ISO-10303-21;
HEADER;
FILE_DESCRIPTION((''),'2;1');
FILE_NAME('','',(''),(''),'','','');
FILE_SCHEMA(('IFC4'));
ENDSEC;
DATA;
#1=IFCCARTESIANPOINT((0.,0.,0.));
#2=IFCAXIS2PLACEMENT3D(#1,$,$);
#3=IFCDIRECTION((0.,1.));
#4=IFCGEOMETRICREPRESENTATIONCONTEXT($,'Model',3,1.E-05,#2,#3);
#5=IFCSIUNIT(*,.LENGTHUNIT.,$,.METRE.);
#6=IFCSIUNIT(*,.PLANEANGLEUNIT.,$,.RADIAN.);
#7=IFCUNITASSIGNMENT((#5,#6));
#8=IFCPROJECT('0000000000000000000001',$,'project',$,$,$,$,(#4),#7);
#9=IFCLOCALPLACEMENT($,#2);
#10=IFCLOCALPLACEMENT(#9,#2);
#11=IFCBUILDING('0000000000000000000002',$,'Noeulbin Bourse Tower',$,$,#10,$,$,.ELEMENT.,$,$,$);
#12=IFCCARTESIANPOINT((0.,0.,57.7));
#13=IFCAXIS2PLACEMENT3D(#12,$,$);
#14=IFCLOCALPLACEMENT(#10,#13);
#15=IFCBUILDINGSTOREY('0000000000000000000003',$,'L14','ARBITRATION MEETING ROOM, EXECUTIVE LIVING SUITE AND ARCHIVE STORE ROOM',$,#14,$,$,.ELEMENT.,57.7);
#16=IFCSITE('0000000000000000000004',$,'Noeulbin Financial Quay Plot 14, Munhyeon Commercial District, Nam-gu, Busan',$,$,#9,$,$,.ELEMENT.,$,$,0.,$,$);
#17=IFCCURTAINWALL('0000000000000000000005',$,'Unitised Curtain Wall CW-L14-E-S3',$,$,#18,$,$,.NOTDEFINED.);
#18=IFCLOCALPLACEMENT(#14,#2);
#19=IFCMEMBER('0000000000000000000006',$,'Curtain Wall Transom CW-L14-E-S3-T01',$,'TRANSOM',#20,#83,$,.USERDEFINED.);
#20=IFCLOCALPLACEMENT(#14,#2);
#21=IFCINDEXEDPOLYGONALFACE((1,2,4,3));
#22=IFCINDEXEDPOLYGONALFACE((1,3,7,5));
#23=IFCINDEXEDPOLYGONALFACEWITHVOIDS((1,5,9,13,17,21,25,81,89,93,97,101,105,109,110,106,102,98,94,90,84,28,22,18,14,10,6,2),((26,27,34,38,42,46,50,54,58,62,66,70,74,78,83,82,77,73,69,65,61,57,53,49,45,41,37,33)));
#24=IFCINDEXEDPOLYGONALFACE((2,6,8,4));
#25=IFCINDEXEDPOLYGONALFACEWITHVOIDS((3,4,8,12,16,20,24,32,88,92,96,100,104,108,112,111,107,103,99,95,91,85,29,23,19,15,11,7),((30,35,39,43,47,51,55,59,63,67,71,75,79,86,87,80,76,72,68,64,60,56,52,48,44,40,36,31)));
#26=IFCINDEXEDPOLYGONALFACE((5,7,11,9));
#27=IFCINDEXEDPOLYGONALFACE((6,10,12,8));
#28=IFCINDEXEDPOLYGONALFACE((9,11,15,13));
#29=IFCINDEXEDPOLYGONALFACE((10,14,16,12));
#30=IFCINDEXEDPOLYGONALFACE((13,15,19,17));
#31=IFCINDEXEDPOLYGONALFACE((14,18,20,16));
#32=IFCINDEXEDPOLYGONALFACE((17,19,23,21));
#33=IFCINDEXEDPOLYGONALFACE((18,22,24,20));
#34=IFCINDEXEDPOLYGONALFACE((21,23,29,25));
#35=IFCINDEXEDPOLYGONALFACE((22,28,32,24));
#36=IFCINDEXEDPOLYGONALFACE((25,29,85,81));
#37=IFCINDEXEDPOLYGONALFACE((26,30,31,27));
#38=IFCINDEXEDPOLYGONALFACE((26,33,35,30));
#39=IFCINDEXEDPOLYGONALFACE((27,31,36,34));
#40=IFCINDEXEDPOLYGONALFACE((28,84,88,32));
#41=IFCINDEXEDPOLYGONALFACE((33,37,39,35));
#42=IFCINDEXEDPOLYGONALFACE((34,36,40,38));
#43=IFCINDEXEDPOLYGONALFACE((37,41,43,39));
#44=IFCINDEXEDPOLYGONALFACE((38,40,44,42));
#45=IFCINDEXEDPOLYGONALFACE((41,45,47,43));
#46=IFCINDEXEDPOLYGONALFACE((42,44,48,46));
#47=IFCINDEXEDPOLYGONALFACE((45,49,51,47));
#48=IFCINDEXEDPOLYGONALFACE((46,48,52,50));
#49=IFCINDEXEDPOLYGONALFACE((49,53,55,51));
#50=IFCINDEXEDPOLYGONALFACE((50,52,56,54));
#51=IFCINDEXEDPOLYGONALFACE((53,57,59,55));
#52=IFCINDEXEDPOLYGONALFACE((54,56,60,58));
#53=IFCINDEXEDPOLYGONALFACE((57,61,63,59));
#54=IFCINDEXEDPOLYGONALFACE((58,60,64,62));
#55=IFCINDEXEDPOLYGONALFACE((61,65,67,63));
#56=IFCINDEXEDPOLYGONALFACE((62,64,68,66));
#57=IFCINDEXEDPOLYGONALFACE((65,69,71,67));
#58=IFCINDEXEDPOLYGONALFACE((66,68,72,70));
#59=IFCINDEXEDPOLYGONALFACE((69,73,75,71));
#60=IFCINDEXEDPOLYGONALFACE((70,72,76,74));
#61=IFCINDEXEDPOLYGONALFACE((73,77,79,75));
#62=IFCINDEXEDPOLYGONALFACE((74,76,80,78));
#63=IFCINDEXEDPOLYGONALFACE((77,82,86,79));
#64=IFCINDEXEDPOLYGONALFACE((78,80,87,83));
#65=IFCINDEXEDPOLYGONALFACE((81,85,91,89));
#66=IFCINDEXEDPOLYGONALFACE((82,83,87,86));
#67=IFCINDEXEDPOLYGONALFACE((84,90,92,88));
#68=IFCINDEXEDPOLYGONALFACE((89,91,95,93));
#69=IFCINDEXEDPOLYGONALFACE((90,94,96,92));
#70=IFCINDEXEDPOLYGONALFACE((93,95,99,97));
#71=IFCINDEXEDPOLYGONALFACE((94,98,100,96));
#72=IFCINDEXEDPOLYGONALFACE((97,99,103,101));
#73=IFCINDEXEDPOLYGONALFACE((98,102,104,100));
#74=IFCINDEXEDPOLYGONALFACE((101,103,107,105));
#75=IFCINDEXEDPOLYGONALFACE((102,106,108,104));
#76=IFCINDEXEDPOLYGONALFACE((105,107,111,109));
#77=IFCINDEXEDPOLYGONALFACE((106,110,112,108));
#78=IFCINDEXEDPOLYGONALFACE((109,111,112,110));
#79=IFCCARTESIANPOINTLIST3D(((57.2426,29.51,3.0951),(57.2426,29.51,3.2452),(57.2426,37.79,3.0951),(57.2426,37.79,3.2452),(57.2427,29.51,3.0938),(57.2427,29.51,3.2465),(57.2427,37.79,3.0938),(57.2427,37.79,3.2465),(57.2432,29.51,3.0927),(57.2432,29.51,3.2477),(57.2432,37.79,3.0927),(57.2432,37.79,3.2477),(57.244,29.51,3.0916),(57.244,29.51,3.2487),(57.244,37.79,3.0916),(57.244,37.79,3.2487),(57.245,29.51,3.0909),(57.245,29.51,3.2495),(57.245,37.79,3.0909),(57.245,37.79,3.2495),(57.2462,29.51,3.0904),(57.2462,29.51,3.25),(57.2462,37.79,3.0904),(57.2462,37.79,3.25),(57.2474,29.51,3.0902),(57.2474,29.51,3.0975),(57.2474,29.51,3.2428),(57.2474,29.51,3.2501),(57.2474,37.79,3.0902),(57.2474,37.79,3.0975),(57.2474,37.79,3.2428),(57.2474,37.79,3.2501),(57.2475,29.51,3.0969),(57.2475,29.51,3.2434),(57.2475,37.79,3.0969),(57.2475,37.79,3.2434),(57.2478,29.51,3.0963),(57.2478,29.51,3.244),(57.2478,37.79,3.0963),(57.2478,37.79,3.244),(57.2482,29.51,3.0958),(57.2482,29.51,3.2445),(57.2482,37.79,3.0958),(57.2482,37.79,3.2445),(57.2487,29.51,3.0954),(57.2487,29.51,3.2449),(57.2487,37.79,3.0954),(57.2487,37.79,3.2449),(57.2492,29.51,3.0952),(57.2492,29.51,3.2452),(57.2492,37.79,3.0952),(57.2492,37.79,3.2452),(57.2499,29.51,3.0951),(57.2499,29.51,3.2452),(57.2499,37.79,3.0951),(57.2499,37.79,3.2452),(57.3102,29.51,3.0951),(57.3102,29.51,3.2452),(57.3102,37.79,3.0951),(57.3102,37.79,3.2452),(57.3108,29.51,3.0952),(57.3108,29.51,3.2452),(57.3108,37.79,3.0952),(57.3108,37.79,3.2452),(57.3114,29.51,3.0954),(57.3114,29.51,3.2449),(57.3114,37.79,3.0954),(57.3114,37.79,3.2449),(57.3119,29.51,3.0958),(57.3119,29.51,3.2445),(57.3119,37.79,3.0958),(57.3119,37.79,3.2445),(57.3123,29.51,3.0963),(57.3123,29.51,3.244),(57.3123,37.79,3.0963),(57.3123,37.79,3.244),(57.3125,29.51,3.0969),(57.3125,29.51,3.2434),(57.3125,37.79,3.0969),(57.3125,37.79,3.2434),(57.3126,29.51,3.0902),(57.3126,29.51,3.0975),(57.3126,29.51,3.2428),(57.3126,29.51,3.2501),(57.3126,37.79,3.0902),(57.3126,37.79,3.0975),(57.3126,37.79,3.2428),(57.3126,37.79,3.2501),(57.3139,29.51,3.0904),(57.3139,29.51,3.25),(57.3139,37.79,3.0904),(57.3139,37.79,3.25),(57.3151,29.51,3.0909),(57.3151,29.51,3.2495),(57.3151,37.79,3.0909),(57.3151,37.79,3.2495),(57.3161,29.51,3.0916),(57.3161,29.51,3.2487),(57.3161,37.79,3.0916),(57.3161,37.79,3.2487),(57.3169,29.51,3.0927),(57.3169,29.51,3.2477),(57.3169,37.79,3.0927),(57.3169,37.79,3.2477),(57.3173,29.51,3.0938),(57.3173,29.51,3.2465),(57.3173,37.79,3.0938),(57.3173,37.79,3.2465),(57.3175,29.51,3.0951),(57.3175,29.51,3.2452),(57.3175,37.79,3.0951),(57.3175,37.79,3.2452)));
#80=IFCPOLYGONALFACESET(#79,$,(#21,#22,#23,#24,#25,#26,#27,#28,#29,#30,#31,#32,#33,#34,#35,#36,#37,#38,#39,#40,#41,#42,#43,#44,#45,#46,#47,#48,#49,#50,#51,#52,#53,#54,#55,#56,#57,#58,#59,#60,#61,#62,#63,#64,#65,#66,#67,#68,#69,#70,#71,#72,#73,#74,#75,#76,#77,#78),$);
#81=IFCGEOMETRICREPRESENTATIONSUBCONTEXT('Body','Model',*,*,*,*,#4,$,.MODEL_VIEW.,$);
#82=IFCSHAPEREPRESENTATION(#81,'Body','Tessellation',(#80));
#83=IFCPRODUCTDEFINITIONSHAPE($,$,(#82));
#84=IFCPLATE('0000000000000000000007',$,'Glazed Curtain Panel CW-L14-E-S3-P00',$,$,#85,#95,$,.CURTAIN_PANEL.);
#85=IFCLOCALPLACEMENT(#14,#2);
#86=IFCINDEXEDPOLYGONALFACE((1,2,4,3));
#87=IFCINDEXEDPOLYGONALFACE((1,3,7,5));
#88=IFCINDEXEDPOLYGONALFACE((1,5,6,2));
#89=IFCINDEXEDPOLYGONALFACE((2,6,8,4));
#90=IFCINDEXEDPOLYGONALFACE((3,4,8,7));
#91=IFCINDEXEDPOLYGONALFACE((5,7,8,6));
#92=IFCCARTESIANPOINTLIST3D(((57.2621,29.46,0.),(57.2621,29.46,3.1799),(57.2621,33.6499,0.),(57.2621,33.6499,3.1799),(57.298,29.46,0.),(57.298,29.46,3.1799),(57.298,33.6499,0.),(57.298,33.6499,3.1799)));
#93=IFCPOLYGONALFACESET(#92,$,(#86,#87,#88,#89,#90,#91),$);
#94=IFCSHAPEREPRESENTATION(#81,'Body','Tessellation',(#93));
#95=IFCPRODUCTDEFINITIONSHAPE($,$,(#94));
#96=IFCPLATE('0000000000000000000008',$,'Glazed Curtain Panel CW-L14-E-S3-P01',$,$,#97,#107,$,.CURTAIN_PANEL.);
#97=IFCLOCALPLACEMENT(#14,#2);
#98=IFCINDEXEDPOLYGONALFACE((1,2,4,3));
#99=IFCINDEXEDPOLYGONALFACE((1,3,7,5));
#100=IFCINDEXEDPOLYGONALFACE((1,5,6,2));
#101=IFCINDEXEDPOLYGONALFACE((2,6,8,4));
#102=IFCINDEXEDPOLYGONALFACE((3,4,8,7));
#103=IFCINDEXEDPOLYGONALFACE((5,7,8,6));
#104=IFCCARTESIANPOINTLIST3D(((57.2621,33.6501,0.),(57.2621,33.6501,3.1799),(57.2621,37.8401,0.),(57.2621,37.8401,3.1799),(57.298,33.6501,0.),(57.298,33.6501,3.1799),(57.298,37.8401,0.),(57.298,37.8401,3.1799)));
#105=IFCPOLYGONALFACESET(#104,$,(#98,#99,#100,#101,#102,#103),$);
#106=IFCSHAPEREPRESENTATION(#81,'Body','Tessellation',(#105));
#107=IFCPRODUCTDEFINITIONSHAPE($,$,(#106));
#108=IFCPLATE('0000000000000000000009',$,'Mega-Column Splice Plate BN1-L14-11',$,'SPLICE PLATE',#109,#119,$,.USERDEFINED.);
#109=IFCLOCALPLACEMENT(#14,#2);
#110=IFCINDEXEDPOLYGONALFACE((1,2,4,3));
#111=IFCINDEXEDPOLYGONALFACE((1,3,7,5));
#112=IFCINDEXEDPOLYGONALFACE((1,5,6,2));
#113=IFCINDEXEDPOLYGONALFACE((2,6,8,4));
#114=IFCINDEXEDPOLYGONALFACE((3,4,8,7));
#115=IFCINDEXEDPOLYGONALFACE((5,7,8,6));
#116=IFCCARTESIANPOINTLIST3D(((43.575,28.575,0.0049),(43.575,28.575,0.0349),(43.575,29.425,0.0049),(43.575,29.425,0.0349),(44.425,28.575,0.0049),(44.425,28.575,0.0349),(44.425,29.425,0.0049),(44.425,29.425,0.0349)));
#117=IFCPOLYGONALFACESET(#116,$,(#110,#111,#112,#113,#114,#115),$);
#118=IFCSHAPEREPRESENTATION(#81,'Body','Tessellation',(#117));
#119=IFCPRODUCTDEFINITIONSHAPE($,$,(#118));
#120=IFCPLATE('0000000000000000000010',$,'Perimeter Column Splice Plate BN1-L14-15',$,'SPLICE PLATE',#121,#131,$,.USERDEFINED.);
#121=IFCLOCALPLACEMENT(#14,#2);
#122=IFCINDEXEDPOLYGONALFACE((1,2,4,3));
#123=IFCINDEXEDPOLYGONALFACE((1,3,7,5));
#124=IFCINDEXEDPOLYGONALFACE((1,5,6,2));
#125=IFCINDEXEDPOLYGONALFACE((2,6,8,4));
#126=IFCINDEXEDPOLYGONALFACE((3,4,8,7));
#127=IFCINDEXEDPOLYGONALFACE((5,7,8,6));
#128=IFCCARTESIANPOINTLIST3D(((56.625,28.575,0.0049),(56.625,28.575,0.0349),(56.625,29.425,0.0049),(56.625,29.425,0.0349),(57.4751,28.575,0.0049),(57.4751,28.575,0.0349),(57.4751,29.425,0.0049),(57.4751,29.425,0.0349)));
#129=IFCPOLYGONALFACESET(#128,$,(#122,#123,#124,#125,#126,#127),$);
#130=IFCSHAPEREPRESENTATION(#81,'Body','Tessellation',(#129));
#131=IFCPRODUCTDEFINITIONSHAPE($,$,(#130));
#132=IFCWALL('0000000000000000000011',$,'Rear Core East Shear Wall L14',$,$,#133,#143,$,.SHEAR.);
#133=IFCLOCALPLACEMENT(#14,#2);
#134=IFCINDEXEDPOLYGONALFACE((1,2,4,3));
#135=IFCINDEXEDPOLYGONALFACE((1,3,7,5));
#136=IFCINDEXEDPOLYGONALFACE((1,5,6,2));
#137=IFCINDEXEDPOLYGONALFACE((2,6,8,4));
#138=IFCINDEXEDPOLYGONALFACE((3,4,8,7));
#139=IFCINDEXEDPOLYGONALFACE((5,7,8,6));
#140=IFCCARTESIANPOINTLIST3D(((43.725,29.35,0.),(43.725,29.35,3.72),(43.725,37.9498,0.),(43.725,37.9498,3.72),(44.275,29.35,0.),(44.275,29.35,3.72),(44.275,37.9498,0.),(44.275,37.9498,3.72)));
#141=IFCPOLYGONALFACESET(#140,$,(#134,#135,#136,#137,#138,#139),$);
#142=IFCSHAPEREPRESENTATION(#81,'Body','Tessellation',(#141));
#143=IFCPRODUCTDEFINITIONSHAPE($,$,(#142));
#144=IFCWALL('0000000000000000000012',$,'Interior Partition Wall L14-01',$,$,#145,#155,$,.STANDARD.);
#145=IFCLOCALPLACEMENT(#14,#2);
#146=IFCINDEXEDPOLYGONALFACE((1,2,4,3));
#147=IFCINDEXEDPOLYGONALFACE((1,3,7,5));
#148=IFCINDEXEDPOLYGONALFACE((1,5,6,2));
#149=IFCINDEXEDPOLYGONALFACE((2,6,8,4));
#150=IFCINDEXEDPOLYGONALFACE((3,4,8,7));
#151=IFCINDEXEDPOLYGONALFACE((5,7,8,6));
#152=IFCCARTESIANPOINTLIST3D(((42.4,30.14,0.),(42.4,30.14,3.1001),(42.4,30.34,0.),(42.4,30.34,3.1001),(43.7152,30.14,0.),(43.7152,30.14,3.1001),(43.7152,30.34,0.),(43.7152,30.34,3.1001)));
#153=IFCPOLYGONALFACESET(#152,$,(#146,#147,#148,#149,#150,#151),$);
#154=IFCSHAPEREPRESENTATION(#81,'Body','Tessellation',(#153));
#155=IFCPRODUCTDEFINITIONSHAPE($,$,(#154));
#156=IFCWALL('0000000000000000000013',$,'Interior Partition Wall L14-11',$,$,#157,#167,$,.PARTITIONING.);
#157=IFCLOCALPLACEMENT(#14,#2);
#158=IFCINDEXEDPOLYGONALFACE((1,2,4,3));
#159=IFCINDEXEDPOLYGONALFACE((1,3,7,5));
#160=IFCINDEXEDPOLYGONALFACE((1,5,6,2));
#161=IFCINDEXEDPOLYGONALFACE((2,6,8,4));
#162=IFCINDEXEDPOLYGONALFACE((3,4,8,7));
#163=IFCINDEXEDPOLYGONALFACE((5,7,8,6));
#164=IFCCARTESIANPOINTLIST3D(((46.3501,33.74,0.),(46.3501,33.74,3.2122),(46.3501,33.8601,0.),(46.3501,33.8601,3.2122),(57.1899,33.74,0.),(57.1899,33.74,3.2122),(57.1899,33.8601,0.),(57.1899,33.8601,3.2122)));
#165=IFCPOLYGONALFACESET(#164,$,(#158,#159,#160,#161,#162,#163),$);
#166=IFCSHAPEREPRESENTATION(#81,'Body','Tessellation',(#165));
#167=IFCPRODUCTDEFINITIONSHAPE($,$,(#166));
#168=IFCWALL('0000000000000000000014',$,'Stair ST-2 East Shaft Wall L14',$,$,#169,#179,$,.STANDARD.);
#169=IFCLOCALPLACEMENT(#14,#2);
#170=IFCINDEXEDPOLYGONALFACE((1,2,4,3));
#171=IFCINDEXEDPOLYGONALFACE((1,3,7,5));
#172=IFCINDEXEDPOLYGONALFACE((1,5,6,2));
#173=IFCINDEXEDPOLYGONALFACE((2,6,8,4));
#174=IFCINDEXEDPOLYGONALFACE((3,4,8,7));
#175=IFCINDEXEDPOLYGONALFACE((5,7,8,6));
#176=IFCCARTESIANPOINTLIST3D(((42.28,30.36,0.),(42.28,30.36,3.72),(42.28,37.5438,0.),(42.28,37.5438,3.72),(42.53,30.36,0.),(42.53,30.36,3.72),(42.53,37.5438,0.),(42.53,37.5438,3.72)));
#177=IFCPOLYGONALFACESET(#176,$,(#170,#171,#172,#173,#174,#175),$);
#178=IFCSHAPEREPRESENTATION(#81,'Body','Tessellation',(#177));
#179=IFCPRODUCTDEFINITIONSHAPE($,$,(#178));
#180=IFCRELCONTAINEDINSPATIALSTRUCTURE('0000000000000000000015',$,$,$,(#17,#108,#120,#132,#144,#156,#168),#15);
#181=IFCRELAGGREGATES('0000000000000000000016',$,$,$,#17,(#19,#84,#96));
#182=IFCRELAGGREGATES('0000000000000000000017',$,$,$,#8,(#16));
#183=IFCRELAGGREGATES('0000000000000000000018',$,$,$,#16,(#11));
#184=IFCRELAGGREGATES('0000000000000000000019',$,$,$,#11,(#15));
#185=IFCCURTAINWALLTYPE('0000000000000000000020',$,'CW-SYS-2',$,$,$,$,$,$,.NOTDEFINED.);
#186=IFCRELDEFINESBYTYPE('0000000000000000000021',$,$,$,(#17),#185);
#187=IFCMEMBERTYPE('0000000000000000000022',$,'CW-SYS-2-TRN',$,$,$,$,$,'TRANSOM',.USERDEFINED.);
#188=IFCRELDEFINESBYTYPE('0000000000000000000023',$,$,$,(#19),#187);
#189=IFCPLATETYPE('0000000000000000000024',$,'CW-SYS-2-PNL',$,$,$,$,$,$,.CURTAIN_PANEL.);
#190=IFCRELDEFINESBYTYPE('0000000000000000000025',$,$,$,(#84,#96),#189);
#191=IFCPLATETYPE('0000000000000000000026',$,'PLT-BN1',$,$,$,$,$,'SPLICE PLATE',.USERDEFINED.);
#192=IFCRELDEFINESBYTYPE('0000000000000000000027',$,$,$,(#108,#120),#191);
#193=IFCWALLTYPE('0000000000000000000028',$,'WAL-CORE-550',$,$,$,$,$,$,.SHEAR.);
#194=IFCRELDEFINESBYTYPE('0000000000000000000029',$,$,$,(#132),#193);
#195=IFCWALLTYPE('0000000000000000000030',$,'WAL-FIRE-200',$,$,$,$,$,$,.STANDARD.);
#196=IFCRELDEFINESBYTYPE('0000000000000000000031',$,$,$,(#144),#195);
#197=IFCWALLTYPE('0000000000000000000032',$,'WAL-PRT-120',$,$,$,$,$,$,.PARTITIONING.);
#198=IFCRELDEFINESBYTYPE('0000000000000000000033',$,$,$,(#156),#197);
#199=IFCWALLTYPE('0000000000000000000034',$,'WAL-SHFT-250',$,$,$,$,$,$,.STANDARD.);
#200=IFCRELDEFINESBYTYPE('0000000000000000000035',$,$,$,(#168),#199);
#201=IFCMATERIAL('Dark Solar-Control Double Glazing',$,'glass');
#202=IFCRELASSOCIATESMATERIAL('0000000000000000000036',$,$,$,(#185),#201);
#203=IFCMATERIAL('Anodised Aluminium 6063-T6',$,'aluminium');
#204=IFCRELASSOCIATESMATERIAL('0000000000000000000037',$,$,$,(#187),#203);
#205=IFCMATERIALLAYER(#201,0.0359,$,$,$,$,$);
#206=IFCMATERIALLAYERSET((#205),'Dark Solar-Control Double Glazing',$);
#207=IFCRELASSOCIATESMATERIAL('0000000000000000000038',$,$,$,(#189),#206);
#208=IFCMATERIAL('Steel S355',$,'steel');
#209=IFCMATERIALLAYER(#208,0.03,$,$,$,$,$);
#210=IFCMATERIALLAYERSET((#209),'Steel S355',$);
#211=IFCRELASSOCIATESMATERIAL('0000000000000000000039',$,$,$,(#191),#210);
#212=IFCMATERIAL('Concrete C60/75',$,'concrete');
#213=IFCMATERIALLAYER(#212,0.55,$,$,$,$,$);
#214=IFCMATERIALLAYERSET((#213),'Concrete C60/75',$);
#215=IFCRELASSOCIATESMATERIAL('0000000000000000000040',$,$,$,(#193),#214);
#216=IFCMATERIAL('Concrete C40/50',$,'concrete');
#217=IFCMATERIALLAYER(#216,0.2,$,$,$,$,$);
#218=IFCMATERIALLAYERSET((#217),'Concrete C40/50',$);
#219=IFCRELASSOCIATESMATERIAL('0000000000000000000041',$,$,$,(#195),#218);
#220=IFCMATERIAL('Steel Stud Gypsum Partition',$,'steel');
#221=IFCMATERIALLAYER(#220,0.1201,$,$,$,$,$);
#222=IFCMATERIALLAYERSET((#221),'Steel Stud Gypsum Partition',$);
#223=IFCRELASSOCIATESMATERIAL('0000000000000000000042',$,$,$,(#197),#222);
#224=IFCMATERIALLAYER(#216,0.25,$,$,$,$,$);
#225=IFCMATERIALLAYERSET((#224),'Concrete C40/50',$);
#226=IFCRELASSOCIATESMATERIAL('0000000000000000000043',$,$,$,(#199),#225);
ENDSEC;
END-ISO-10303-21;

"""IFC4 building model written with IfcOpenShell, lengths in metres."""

from ifc_helpers import new_model, si_unit, direction, frame, frame_2d, origin, origin_2d, place, context, subcontext, project, spatial, rectangle, hollow_rectangle, extrude, material, layer, layer_set, material_profile, profile_set, type_object, element, aggregate, save


model = new_model("IFC4")

# Units and contexts
model_context = context("Model", 3, precision=1e-05, world=origin(), true_north=direction((0.0, 1.0)))
body_context = subcontext(model_context, "Body", "Model", "MODEL_VIEW")
ifc_project = project(units=[si_unit("LENGTHUNIT", "METRE"), si_unit("PLANEANGLEUNIT", "RADIAN")], contexts=[model_context])

# Site, building, storey
site_placement = place(None, origin())
site = spatial("IfcSite", under=ifc_project, at=site_placement, Name="Noeulbin Financial Quay Plot 14, Munhyeon Commercial District, Nam-gu, Busan", CompositionType="ELEMENT", RefElevation=0.0)
building_placement = place(site_placement, origin())
building = spatial("IfcBuilding", under=site, at=building_placement, Name="Noeulbin Bourse Tower", CompositionType="ELEMENT")
storey_placement = place(building_placement, frame((0.0, 0.0, 57.7)))
storey = spatial("IfcBuildingStorey", under=building, at=storey_placement, Name="L14", Description="ARBITRATION MEETING ROOM, EXECUTIVE LIVING SUITE AND ARCHIVE STORE ROOM", CompositionType="ELEMENT", Elevation=57.7)

# Shared definitions
ifc_material_1 = material(Name="Steel S355", Category="steel")

# Curtain wall, member, plates
ifc_material_2 = material(Name="Dark Solar-Control Double Glazing", Category="glass")
curtain_wall_type = type_object("IfcCurtainWallType", Name="CW-SYS-2", PredefinedType="NOTDEFINED", material=ifc_material_2)
curtain_wall_placement = place(storey_placement, origin())
curtain_wall = element("IfcCurtainWall", 1, at=curtain_wall_placement, inside=storey, type_object=curtain_wall_type, Name="Unitised Curtain Wall CW-L14-E-S3", PredefinedType="NOTDEFINED")
ifc_material_3 = material(Name="Anodised Aluminium 6063-T6", Category="aluminium")
ifc_material_profile_1 = material_profile(ifc_material_3, hollow_rectangle(XDim=0.075, YDim=0.1599, WallThickness=0.0049, InnerFilletRadius=0.0024, OuterFilletRadius=0.0049, at=origin_2d()), Name="ALU-TRAN-75x160x5", Category="LoadBearing")
ifc_profile_set_1 = profile_set([ifc_material_profile_1], Name="Anodised Aluminium 6063-T6")
member_type_1 = type_object("IfcMemberType", Name="CW-SYS-2-TRN", ElementType="TRANSOM", PredefinedType="USERDEFINED", material=ifc_profile_set_1)
member_1_placement = place(storey_placement, frame((57.28, 29.51, 3.1702), z_axis=(0.0, 1.0, 0.0), x_axis=(-1.0, 0.0, 0.0)))
member_1 = element("IfcMember", 2, at=member_1_placement, type_object=member_type_1, Name="Curtain Wall Transom CW-L14-E-S3-T01", ObjectType="TRANSOM", PredefinedType="USERDEFINED", context=body_context, shape_type="SweptSolid", body=[
    extrude(hollow_rectangle(XDim=0.075, YDim=0.1599, WallThickness=0.0049, InnerFilletRadius=0.0024, OuterFilletRadius=0.0049, at=origin_2d()), origin(), (0.0, 0.0, 1.0), 8.28),
])
ifc_layer_1 = layer(ifc_material_2, 0.0359)
ifc_layer_set_1 = layer_set([ifc_layer_1], Name="Dark Solar-Control Double Glazing")
plate_type_1 = type_object("IfcPlateType", Name="CW-SYS-2-PNL", PredefinedType="CURTAIN_PANEL", material=ifc_layer_set_1)
plate_1_placement = place(storey_placement, frame((57.28, 31.5549, 0.0), z_axis=(0.0, 0.0, 1.0), x_axis=(0.0, 1.0, 0.0)))
plate_1 = element("IfcPlate", 3, at=plate_1_placement, type_object=plate_type_1, Name="Glazed Curtain Panel CW-L14-E-S3-P00", PredefinedType="CURTAIN_PANEL", context=body_context, shape_type="SweptSolid", body=[
    extrude(rectangle(XDim=4.1899, YDim=0.0359, at=origin_2d()), origin(), (0.0, 0.0, 1.0), 3.1799),
])
plate_2_placement = place(storey_placement, frame((57.28, 35.7451, 0.0), z_axis=(0.0, 0.0, 1.0), x_axis=(0.0, 1.0, 0.0)))
plate_2 = element("IfcPlate", 4, at=plate_2_placement, type_object=plate_type_1, Name="Glazed Curtain Panel CW-L14-E-S3-P01", PredefinedType="CURTAIN_PANEL", context=body_context, shape_type="SweptSolid", body=[
    extrude(rectangle(XDim=4.1899, YDim=0.0359, at=origin_2d()), origin(), (0.0, 0.0, 1.0), 3.1799),
])
aggregate(curtain_wall, [member_1, plate_1, plate_2])

# Plates
ifc_layer_2 = layer(ifc_material_1, 0.03)
ifc_layer_set_2 = layer_set([ifc_layer_2], Name="Steel S355")
plate_type_2 = type_object("IfcPlateType", Name="PLT-BN1", ElementType="SPLICE PLATE", PredefinedType="USERDEFINED", material=ifc_layer_set_2)
for number, where, z_axis, x_axis, name in (
    (5, (44.0, 29.0, 0.0049), (0.0, 0.0, 1.0), (1.0, 0.0, 0.0), "Mega-Column Splice Plate BN1-L14-11"),
    (6, (57.05, 29.0, 0.0049), (0.0, 0.0, 1.0), (1.0, 0.0, 0.0), "Perimeter Column Splice Plate BN1-L14-15"),
):
    element("IfcPlate", number, at=place(storey_placement, frame(where, z_axis=z_axis, x_axis=x_axis)), inside=storey, type_object=plate_type_2, Name=name, ObjectType="SPLICE PLATE", PredefinedType="USERDEFINED", context=body_context, shape_type="SweptSolid", body=[
        extrude(rectangle(XDim=0.8501, YDim=0.8501, at=origin_2d()), origin(), (0.0, 0.0, 1.0), 0.03),
    ])

# Walls
ifc_material_4 = material(Name="Concrete C60/75", Category="concrete")
ifc_layer_3 = layer(ifc_material_4, 0.55)
ifc_layer_set_3 = layer_set([ifc_layer_3], Name="Concrete C60/75")
wall_type_1 = type_object("IfcWallType", Name="WAL-CORE-550", PredefinedType="SHEAR", material=ifc_layer_set_3)
wall_1_placement = place(storey_placement, frame((44.0, 29.3501, 0.0), z_axis=(0.0, 0.0, 1.0), x_axis=(0.0, 1.0, 0.0)))
element("IfcWall", 7, at=wall_1_placement, inside=storey, type_object=wall_type_1, Name="Rear Core East Shear Wall L14", PredefinedType="SHEAR", context=body_context, shape_type="SweptSolid", body=[
    extrude(rectangle(XDim=8.5999, YDim=0.55, at=frame_2d((4.2998, 0.0))), origin(), (0.0, 0.0, 1.0), 3.72),
])
ifc_material_5 = material(Name="Concrete C40/50", Category="concrete")
ifc_layer_4 = layer(ifc_material_5, 0.2)
ifc_layer_set_4 = layer_set([ifc_layer_4], Name="Concrete C40/50")
wall_type_2 = type_object("IfcWallType", Name="WAL-FIRE-200", PredefinedType="STANDARD", material=ifc_layer_set_4)
wall_2_placement = place(storey_placement, frame((42.3999, 30.24, 0.0), z_axis=(0.0, 0.0, 1.0), x_axis=(1.0, 0.0, 0.0)))
element("IfcWall", 8, at=wall_2_placement, inside=storey, type_object=wall_type_2, Name="Interior Partition Wall L14-01", PredefinedType="STANDARD", context=body_context, shape_type="SweptSolid", body=[
    extrude(rectangle(XDim=1.3152, YDim=0.2, at=frame_2d((0.6577, 0.0))), origin(), (0.0, 0.0, 1.0), 3.1001),
])
ifc_material_6 = material(Name="Steel Stud Gypsum Partition", Category="steel")
ifc_layer_5 = layer(ifc_material_6, 0.1201)
ifc_layer_set_5 = layer_set([ifc_layer_5], Name="Steel Stud Gypsum Partition")
wall_type_3 = type_object("IfcWallType", Name="WAL-PRT-120", PredefinedType="PARTITIONING", material=ifc_layer_set_5)
wall_3_placement = place(storey_placement, frame((46.3501, 33.8, 0.0), z_axis=(0.0, 0.0, 1.0), x_axis=(1.0, 0.0, 0.0)))
element("IfcWall", 9, at=wall_3_placement, inside=storey, type_object=wall_type_3, Name="Interior Partition Wall L14-11", PredefinedType="PARTITIONING", context=body_context, shape_type="SweptSolid", body=[
    extrude(rectangle(XDim=10.8398, YDim=0.1201, at=frame_2d((5.4199, 0.0))), origin(), (0.0, 0.0, 1.0), 3.2122),
])
ifc_layer_6 = layer(ifc_material_5, 0.25)
ifc_layer_set_6 = layer_set([ifc_layer_6], Name="Concrete C40/50")
wall_type_4 = type_object("IfcWallType", Name="WAL-SHFT-250", PredefinedType="STANDARD", material=ifc_layer_set_6)
wall_4_placement = place(storey_placement, frame((42.405, 30.3601, 0.0), z_axis=(0.0, 0.0, 1.0), x_axis=(0.0, 1.0, 0.0)))
element("IfcWall", 10, at=wall_4_placement, inside=storey, type_object=wall_type_4, Name="Stair ST-2 East Shaft Wall L14", PredefinedType="STANDARD", context=body_context, shape_type="SweptSolid", body=[
    extrude(rectangle(XDim=7.1838, YDim=0.25, at=frame_2d((3.5918, 0.0))), origin(), (0.0, 0.0, 1.0), 3.72),
])

save(model, "model.ifc")
